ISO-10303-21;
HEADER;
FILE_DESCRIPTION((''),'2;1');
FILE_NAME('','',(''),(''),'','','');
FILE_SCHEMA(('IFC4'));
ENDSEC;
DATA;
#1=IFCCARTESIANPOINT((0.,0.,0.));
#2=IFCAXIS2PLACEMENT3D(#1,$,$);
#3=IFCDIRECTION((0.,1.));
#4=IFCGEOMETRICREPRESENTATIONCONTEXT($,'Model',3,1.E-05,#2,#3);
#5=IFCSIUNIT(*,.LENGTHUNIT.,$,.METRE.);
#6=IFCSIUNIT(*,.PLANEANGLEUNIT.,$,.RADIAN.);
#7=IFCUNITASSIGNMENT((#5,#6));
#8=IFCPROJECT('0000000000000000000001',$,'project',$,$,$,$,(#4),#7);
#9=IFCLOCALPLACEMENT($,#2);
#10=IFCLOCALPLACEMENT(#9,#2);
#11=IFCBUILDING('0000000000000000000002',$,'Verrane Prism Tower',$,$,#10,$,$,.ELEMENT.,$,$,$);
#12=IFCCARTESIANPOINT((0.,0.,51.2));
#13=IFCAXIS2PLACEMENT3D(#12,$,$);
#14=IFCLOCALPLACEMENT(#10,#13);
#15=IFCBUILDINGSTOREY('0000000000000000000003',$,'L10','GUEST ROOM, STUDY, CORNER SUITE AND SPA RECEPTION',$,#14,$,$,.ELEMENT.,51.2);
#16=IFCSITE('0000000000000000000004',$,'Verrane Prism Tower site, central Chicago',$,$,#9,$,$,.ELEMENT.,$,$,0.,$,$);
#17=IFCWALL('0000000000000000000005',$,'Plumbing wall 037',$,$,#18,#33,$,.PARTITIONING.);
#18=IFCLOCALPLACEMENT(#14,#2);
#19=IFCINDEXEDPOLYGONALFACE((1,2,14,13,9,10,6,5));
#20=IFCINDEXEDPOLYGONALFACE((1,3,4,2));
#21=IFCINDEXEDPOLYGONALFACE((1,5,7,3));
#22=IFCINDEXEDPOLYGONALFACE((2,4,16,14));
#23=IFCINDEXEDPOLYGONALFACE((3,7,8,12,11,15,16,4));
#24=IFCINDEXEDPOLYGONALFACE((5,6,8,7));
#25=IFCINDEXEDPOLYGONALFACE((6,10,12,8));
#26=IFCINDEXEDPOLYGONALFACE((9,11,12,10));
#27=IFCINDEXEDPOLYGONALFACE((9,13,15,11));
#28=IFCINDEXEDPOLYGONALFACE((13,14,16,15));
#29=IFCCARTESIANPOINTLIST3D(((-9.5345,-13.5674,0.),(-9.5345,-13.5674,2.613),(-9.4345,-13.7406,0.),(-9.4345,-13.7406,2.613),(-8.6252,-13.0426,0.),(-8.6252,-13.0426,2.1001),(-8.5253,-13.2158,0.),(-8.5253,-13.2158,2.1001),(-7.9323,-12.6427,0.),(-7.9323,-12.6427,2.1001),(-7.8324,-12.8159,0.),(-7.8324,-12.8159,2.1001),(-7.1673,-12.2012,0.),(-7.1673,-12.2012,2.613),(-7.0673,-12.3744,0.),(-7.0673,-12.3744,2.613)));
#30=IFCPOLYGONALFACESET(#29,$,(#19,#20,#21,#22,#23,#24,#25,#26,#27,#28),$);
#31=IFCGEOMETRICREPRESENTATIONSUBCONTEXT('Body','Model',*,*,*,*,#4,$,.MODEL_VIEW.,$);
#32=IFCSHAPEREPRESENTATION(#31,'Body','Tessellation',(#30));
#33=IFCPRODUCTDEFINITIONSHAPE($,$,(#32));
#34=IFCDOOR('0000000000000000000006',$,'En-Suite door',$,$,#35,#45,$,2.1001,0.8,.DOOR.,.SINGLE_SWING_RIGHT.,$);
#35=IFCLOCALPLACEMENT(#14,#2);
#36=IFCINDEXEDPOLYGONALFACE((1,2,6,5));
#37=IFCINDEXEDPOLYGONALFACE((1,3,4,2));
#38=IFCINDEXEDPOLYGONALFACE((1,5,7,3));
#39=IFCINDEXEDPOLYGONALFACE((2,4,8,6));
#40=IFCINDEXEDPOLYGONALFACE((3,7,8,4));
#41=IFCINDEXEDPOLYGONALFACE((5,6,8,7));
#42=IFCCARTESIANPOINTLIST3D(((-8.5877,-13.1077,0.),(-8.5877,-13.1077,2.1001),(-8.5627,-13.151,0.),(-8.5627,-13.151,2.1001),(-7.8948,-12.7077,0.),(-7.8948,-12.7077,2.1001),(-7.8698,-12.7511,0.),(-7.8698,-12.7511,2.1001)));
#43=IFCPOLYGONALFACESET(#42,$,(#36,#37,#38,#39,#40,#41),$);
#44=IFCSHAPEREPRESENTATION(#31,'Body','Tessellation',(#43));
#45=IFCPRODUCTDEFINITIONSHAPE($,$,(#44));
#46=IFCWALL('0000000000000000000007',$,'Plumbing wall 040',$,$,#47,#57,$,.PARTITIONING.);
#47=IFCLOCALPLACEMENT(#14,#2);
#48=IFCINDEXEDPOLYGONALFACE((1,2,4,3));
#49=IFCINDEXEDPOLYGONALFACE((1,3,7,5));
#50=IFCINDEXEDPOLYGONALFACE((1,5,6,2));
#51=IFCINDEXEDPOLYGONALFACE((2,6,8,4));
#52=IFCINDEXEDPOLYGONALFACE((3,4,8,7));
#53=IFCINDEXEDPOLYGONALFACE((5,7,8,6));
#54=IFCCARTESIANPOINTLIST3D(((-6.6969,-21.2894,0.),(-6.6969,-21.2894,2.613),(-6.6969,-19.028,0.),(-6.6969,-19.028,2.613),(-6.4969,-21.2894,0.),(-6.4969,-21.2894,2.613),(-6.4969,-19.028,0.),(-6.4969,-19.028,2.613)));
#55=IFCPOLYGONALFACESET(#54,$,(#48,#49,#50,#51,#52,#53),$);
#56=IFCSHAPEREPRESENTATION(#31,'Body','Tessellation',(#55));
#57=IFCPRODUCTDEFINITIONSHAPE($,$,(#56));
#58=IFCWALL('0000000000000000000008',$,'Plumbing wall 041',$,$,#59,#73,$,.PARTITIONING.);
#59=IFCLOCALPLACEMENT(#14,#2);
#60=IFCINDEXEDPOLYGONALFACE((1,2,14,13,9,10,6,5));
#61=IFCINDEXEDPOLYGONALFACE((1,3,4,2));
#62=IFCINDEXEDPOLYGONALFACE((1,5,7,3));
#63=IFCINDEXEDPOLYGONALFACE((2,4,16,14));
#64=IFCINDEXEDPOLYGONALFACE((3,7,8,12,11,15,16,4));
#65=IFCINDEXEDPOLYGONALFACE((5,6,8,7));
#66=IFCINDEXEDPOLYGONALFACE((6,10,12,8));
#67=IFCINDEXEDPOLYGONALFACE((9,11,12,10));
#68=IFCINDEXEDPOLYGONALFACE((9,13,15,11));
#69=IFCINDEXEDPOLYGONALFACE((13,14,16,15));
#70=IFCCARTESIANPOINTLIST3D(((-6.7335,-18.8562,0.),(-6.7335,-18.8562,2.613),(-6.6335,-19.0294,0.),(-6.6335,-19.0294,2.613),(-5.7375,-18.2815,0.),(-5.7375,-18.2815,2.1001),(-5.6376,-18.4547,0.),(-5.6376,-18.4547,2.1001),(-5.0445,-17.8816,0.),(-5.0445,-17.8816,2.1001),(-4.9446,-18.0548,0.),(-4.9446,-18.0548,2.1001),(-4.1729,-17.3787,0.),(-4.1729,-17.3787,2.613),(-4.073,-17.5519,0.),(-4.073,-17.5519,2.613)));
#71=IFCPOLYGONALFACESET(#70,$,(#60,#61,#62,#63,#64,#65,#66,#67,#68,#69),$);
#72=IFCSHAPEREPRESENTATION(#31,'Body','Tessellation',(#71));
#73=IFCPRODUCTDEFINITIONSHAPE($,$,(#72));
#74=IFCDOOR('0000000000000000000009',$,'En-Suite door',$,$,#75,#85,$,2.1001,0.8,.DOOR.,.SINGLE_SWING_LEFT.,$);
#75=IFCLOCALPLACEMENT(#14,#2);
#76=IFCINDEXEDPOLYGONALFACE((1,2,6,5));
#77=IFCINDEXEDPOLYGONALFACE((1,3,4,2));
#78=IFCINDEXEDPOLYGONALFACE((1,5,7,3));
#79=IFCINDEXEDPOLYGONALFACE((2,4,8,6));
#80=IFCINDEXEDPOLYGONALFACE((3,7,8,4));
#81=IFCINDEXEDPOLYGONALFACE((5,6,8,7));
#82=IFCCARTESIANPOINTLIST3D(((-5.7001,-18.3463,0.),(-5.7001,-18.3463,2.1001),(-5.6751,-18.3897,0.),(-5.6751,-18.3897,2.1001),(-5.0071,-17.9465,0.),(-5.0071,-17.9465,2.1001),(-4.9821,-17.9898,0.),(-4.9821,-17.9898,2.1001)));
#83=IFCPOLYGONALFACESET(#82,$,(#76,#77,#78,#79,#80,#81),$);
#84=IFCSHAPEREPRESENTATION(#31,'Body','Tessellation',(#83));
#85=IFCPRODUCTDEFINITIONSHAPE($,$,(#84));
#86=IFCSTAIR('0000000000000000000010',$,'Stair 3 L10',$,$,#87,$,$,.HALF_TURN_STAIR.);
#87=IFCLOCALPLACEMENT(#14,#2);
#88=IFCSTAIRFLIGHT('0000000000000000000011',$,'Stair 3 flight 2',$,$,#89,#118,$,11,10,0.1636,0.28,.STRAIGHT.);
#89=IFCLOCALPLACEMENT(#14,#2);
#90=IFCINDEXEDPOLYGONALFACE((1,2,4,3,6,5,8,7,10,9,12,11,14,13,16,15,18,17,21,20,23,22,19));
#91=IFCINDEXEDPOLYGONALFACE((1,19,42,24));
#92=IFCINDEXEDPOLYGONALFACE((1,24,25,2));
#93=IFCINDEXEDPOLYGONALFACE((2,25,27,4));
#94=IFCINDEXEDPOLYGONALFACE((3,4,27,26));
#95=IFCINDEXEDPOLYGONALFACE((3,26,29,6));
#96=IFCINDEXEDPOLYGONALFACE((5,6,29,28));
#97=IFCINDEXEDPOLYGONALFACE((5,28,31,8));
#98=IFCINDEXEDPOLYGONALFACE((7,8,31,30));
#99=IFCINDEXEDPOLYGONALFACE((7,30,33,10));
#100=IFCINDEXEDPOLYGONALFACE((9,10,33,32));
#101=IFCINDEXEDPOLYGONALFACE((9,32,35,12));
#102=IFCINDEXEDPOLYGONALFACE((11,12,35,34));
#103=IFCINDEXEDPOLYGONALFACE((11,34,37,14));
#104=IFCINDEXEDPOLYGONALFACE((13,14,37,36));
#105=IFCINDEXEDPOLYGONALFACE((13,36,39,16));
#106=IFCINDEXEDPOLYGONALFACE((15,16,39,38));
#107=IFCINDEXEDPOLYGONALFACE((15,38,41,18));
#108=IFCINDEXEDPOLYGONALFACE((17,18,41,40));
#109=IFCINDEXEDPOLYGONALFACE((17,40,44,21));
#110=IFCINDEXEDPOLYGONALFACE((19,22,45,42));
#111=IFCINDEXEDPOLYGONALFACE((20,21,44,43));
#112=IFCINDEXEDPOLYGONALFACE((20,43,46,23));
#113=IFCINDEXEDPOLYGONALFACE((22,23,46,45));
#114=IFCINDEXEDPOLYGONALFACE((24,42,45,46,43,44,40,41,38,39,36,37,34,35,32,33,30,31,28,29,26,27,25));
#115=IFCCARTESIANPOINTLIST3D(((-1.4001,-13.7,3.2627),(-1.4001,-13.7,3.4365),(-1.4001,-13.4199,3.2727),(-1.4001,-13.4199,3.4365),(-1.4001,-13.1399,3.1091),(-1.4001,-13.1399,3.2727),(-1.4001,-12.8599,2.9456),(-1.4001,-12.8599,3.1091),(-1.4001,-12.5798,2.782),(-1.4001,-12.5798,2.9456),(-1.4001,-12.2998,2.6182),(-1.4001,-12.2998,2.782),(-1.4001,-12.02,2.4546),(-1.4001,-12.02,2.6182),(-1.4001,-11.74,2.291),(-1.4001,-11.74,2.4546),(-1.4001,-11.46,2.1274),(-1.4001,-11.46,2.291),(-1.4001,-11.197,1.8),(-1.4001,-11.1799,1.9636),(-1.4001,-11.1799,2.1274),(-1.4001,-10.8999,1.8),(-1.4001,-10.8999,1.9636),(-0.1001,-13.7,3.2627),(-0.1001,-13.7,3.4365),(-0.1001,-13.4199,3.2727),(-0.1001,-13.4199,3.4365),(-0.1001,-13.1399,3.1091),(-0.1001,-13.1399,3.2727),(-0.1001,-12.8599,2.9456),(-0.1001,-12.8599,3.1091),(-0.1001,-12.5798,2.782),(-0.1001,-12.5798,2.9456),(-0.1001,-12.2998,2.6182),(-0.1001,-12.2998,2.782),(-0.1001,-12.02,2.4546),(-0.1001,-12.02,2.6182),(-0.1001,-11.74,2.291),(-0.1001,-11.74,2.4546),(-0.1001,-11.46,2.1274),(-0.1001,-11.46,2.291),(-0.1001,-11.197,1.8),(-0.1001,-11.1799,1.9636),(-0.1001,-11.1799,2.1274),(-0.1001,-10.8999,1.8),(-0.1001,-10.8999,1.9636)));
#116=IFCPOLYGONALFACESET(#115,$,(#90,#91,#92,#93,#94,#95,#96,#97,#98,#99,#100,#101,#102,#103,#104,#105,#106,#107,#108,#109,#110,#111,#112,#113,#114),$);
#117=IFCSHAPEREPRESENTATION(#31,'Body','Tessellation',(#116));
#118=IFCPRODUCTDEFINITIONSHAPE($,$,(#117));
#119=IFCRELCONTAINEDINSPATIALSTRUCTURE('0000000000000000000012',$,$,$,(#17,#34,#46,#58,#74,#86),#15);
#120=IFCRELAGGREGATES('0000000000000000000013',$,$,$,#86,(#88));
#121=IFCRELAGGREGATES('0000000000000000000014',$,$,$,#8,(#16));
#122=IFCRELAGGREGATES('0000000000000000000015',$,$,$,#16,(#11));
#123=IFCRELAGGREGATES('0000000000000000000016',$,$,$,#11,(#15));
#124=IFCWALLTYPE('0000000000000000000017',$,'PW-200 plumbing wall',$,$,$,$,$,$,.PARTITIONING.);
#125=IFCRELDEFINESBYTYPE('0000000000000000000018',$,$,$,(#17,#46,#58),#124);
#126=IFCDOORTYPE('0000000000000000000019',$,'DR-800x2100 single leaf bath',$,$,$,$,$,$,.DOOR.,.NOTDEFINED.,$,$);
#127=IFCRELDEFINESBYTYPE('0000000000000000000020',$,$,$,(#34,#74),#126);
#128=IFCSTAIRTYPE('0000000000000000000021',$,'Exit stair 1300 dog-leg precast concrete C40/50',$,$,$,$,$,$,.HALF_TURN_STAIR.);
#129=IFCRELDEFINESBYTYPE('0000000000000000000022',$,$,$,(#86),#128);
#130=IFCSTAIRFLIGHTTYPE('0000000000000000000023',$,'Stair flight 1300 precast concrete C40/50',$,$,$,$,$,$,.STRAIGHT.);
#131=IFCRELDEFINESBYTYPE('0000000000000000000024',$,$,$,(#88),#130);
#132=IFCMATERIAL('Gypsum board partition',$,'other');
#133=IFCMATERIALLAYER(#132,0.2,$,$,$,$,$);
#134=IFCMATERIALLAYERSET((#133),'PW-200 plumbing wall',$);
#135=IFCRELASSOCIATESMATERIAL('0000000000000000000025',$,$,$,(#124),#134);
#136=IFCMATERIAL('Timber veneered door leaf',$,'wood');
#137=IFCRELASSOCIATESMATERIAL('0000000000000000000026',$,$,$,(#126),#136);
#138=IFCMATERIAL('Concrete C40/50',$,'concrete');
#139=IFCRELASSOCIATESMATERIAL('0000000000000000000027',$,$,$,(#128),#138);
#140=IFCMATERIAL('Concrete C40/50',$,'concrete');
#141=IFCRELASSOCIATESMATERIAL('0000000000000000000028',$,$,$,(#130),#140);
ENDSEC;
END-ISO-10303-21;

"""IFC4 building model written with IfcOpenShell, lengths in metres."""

from ifc_helpers import new_model, si_unit, direction, frame, frame_2d, origin, place, context, subcontext, project, spatial, polyline, rectangle, outline, extrude, material, layer, layer_set, type_object, element, fill, aggregate, save


model = new_model("IFC4")

# Units and contexts
model_context = context("Model", 3, precision=1e-05, world=origin(), true_north=direction((0.0, 1.0)))
body_context = subcontext(model_context, "Body", "Model", "MODEL_VIEW")
ifc_project = project(units=[si_unit("LENGTHUNIT", "METRE"), si_unit("PLANEANGLEUNIT", "RADIAN")], contexts=[model_context])

# Site, building, storey
site_placement = place(None, origin())
site = spatial("IfcSite", under=ifc_project, at=site_placement, Name="Verrane Prism Tower site, central Chicago", CompositionType="ELEMENT", RefElevation=0.0)
building_placement = place(site_placement, origin())
building = spatial("IfcBuilding", under=site, at=building_placement, Name="Verrane Prism Tower", CompositionType="ELEMENT")
storey_placement = place(building_placement, frame((0.0, 0.0, 51.2)))
storey = spatial("IfcBuildingStorey", under=building, at=storey_placement, Name="L10", Description="GUEST ROOM, STUDY, CORNER SUITE AND SPA RECEPTION", CompositionType="ELEMENT", Elevation=51.2)

# Shared definitions
ifc_material_1 = material(Name="Gypsum board partition", Category="other")
ifc_layer_1 = layer(ifc_material_1, 0.2)
ifc_layer_set_1 = layer_set([ifc_layer_1], Name="PW-200 plumbing wall")
wall_type_1 = type_object("IfcWallType", Name="PW-200 plumbing wall", PredefinedType="PARTITIONING", material=ifc_layer_set_1)

# Wall, opening, door
wall_1_placement = place(storey_placement, frame((-9.4846, -13.6541, 0.0), z_axis=(0.0, 0.0, 1.0), x_axis=(0.866102, 0.499867, 0.0)))
wall_1 = element("IfcWall", 1, at=wall_1_placement, inside=storey, type_object=wall_type_1, Name="Plumbing wall 037", PredefinedType="PARTITIONING", context=body_context, shape_type="SweptSolid", body=[
    extrude(rectangle(XDim=2.7332, YDim=0.2, at=frame_2d((1.3667, 0.0))), origin(), (0.0, 0.0, 1.0), 2.613),
])
opening_1_placement = place(wall_1_placement, frame((1.05, 0.0, 0.0)))
opening_1 = element("IfcOpeningElement", 2, at=opening_1_placement, cuts=wall_1, PredefinedType="OPENING", context=body_context, shape_type="SweptSolid", body=[
    extrude(rectangle(XDim=0.8, YDim=2.1001, at=frame_2d((0.3999, 1.05))), frame((0.0, 0.1099, 0.0), z_axis=(0.0, -1.0, 0.0), x_axis=(1.0, 0.0, 0.0)), (0.0, 0.0, 1.0), 0.22),
])
ifc_material_2 = material(Name="Timber veneered door leaf", Category="wood")
door_type_1 = type_object("IfcDoorType", Name="DR-800x2100 single leaf bath", OperationType="NOTDEFINED", PredefinedType="DOOR", material=ifc_material_2)
door_1_placement = place(opening_1_placement, origin())
door_1 = element("IfcDoor", 3, at=door_1_placement, inside=storey, type_object=door_type_1, Name="En-Suite door", OperationType="SINGLE_SWING_RIGHT", OverallHeight=2.1001, OverallWidth=0.8, PredefinedType="DOOR", context=body_context, shape_type="SweptSolid", body=[
    extrude(rectangle(XDim=0.8, YDim=2.1001, at=frame_2d((0.3999, 1.05))), frame((0.0, 0.0249, 0.0), z_axis=(0.0, -1.0, 0.0), x_axis=(1.0, 0.0, 0.0)), (0.0, 0.0, 1.0), 0.05),
])
fill(opening_1, door_1)

# Wall
wall_2_placement = place(storey_placement, frame((-6.5969, -21.2896, 0.0), z_axis=(0.0, 0.0, 1.0), x_axis=(0.0, 1.0, 0.0)))
element("IfcWall", 4, at=wall_2_placement, inside=storey, type_object=wall_type_1, Name="Plumbing wall 040", PredefinedType="PARTITIONING", context=body_context, shape_type="SweptSolid", body=[
    extrude(rectangle(XDim=2.2615, YDim=0.2, at=frame_2d((1.1309, 0.0))), origin(), (0.0, 0.0, 1.0), 2.613),
])

# Wall, opening, door
wall_3_placement = place(storey_placement, frame((-4.123, -17.4653, 0.0), z_axis=(0.0, 0.0, 1.0), x_axis=(-0.866142, -0.499799, 0.0)))
wall_3 = element("IfcWall", 5, at=wall_3_placement, inside=storey, type_object=wall_type_1, Name="Plumbing wall 041", PredefinedType="PARTITIONING", context=body_context, shape_type="SweptSolid", body=[
    extrude(rectangle(XDim=2.9563, YDim=0.2, at=frame_2d((1.478, 0.0))), origin(), (0.0, 0.0, 1.0), 2.613),
])
opening_2_placement = place(wall_3_placement, frame((1.0063, 0.0, 0.0)))
opening_2 = element("IfcOpeningElement", 6, at=opening_2_placement, cuts=wall_3, PredefinedType="OPENING", context=body_context, shape_type="SweptSolid", body=[
    extrude(rectangle(XDim=0.8, YDim=2.1001, at=frame_2d((0.3999, 1.05))), frame((0.0, 0.1099, 0.0), z_axis=(0.0, -1.0, 0.0), x_axis=(1.0, 0.0, 0.0)), (0.0, 0.0, 1.0), 0.22),
])
door_2_placement = place(opening_2_placement, origin())
door_2 = element("IfcDoor", 7, at=door_2_placement, inside=storey, type_object=door_type_1, Name="En-Suite door", OperationType="SINGLE_SWING_LEFT", OverallHeight=2.1001, OverallWidth=0.8, PredefinedType="DOOR", context=body_context, shape_type="SweptSolid", body=[
    extrude(rectangle(XDim=0.8, YDim=2.1001, at=frame_2d((0.3999, 1.05))), frame((0.0, 0.0249, 0.0), z_axis=(0.0, -1.0, 0.0), x_axis=(1.0, 0.0, 0.0)), (0.0, 0.0, 1.0), 0.05),
])
fill(opening_2, door_2)

# Stair, stair flight
ifc_material_3 = material(Name="Concrete C40/50", Category="concrete")
stair_type = type_object("IfcStairType", Name="Exit stair 1300 dog-leg precast concrete C40/50", PredefinedType="HALF_TURN_STAIR", material=ifc_material_3)
stair_placement = place(storey_placement, origin())
stair = element("IfcStair", 8, at=stair_placement, inside=storey, type_object=stair_type, Name="Stair 3 L10", PredefinedType="HALF_TURN_STAIR")
ifc_material_4 = material(Name="Concrete C40/50", Category="concrete")
stair_flight_type = type_object("IfcStairFlightType", Name="Stair flight 1300 precast concrete C40/50", PredefinedType="STRAIGHT", material=ifc_material_4)
stair_flight_placement = place(storey_placement, frame((-0.75, -10.8999, 1.8), z_axis=(0.0, 0.0, 1.0), x_axis=(0.0, -1.0, 0.0)))
stair_flight = element("IfcStairFlight", 9, at=stair_flight_placement, type_object=stair_flight_type, Name="Stair 3 flight 2", NumberOfRisers=11, NumberOfTreads=10, PredefinedType="STRAIGHT", RiserHeight=0.1636, TreadLength=0.28, context=body_context, shape_type="SweptSolid", body=[
    extrude(outline(polyline([(0.0, 0.0), (0.0, 0.1636), (0.28, 0.1636), (0.28, 0.3274), (0.5601, 0.3274), (0.5601, 0.491), (0.8401, 0.491), (0.8401, 0.6545), (1.1201, 0.6545), (1.1201, 0.8181), (1.3999, 0.8181), (1.3999, 0.9819), (1.6799, 0.9819), (1.6799, 1.1455), (1.96, 1.1455), (1.96, 1.3091), (2.24, 1.3091), (2.24, 1.4727), (2.52, 1.4727), (2.52, 1.6365), (2.8, 1.6365), (2.8, 1.8), (2.8, 1.4626), (0.2971, 0.0), (0.0, 0.0)])), frame((0.0, 0.6499, 0.0), z_axis=(0.0, -1.0, 0.0), x_axis=(1.0, 0.0, 0.0)), (0.0, 0.0, 1.0), 1.3),
])
aggregate(stair, [stair_flight])

save(model, "model.ifc")
